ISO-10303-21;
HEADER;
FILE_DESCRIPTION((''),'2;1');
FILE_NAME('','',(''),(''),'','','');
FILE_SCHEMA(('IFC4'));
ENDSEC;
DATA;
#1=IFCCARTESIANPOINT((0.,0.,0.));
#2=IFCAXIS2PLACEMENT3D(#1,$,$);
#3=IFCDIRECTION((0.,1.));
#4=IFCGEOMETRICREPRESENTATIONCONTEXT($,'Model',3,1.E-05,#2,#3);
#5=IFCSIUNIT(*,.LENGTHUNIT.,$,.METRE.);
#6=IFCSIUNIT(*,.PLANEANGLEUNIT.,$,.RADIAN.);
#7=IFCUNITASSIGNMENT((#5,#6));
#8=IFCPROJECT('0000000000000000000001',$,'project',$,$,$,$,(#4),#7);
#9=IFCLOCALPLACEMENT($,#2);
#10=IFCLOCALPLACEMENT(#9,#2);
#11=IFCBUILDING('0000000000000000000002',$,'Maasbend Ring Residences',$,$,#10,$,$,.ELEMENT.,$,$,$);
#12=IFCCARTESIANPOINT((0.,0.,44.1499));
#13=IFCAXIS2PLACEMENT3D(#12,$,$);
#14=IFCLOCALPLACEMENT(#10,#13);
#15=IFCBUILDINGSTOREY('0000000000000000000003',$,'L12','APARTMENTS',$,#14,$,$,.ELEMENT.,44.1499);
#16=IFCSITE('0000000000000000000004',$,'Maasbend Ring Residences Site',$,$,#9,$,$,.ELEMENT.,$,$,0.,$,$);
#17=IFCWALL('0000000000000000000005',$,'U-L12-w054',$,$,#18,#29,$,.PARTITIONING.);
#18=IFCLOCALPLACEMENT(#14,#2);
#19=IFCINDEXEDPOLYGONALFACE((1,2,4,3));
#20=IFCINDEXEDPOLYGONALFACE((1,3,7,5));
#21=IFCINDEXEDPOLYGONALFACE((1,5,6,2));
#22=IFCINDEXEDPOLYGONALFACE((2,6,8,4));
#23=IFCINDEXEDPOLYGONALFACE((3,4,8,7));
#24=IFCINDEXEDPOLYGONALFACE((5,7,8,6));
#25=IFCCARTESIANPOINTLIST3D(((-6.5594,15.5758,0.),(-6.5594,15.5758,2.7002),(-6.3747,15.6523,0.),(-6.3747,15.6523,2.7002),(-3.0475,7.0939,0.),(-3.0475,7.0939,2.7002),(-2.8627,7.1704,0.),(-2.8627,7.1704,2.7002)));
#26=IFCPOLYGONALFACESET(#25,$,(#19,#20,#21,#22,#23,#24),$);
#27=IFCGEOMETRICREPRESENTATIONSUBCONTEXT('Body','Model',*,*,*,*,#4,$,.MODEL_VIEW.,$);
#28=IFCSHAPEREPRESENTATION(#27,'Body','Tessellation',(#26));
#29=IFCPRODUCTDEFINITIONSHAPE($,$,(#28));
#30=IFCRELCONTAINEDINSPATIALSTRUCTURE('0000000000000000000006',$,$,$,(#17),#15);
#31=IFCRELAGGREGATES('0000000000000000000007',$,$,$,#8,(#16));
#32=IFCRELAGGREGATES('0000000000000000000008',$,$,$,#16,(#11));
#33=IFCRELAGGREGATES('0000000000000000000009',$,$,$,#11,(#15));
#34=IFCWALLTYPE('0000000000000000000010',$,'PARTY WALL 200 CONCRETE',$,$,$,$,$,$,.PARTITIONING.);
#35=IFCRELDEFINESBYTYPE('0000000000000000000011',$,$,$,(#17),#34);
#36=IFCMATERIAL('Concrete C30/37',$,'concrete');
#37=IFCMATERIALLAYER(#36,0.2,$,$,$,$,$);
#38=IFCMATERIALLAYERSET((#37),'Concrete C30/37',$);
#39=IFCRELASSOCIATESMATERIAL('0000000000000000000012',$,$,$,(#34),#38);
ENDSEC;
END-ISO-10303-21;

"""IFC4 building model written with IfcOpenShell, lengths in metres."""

from ifc_helpers import new_model, si_unit, direction, frame, frame_2d, origin, place, context, subcontext, project, spatial, rectangle, extrude, material, layer, layer_set, type_object, element, save


model = new_model("IFC4")

# Units and contexts
model_context = context("Model", 3, precision=1e-05, world=origin(), true_north=direction((0.0, 1.0)))
body_context = subcontext(model_context, "Body", "Model", "MODEL_VIEW")
ifc_project = project(units=[si_unit("LENGTHUNIT", "METRE"), si_unit("PLANEANGLEUNIT", "RADIAN")], contexts=[model_context])

# Site, building, storey
site_placement = place(None, origin())
site = spatial("IfcSite", under=ifc_project, at=site_placement, Name="Maasbend Ring Residences Site", CompositionType="ELEMENT", RefElevation=0.0)
building_placement = place(site_placement, origin())
building = spatial("IfcBuilding", under=site, at=building_placement, Name="Maasbend Ring Residences", CompositionType="ELEMENT")
storey_placement = place(building_placement, frame((0.0, 0.0, 44.1499)))
storey = spatial("IfcBuildingStorey", under=building, at=storey_placement, Name="L12", Description="APARTMENTS", CompositionType="ELEMENT", Elevation=44.1499)

# Wall
ifc_material_1 = material(Name="Concrete C30/37", Category="concrete")
ifc_layer_1 = layer(ifc_material_1, 0.2)
ifc_layer_set_1 = layer_set([ifc_layer_1], Name="Concrete C30/37")
wall_type_1 = type_object("IfcWallType", Name="PARTY WALL 200 CONCRETE", PredefinedType="PARTITIONING", material=ifc_layer_set_1)
wall_1_placement = place(storey_placement, frame((-6.467, 15.614, 0.0), z_axis=(0.0, 0.0, 1.0), x_axis=(0.382556, -0.923932, 0.0)))
element("IfcWall", 1, at=wall_1_placement, inside=storey, type_object=wall_type_1, Name="U-L12-w054", PredefinedType="PARTITIONING", context=body_context, shape_type="SweptSolid", body=[
    extrude(rectangle(XDim=9.1802, YDim=0.2, at=frame_2d((4.5901, 0.0))), origin(), (0.0, 0.0, 1.0), 2.7002),
])

save(model, "model.ifc")
